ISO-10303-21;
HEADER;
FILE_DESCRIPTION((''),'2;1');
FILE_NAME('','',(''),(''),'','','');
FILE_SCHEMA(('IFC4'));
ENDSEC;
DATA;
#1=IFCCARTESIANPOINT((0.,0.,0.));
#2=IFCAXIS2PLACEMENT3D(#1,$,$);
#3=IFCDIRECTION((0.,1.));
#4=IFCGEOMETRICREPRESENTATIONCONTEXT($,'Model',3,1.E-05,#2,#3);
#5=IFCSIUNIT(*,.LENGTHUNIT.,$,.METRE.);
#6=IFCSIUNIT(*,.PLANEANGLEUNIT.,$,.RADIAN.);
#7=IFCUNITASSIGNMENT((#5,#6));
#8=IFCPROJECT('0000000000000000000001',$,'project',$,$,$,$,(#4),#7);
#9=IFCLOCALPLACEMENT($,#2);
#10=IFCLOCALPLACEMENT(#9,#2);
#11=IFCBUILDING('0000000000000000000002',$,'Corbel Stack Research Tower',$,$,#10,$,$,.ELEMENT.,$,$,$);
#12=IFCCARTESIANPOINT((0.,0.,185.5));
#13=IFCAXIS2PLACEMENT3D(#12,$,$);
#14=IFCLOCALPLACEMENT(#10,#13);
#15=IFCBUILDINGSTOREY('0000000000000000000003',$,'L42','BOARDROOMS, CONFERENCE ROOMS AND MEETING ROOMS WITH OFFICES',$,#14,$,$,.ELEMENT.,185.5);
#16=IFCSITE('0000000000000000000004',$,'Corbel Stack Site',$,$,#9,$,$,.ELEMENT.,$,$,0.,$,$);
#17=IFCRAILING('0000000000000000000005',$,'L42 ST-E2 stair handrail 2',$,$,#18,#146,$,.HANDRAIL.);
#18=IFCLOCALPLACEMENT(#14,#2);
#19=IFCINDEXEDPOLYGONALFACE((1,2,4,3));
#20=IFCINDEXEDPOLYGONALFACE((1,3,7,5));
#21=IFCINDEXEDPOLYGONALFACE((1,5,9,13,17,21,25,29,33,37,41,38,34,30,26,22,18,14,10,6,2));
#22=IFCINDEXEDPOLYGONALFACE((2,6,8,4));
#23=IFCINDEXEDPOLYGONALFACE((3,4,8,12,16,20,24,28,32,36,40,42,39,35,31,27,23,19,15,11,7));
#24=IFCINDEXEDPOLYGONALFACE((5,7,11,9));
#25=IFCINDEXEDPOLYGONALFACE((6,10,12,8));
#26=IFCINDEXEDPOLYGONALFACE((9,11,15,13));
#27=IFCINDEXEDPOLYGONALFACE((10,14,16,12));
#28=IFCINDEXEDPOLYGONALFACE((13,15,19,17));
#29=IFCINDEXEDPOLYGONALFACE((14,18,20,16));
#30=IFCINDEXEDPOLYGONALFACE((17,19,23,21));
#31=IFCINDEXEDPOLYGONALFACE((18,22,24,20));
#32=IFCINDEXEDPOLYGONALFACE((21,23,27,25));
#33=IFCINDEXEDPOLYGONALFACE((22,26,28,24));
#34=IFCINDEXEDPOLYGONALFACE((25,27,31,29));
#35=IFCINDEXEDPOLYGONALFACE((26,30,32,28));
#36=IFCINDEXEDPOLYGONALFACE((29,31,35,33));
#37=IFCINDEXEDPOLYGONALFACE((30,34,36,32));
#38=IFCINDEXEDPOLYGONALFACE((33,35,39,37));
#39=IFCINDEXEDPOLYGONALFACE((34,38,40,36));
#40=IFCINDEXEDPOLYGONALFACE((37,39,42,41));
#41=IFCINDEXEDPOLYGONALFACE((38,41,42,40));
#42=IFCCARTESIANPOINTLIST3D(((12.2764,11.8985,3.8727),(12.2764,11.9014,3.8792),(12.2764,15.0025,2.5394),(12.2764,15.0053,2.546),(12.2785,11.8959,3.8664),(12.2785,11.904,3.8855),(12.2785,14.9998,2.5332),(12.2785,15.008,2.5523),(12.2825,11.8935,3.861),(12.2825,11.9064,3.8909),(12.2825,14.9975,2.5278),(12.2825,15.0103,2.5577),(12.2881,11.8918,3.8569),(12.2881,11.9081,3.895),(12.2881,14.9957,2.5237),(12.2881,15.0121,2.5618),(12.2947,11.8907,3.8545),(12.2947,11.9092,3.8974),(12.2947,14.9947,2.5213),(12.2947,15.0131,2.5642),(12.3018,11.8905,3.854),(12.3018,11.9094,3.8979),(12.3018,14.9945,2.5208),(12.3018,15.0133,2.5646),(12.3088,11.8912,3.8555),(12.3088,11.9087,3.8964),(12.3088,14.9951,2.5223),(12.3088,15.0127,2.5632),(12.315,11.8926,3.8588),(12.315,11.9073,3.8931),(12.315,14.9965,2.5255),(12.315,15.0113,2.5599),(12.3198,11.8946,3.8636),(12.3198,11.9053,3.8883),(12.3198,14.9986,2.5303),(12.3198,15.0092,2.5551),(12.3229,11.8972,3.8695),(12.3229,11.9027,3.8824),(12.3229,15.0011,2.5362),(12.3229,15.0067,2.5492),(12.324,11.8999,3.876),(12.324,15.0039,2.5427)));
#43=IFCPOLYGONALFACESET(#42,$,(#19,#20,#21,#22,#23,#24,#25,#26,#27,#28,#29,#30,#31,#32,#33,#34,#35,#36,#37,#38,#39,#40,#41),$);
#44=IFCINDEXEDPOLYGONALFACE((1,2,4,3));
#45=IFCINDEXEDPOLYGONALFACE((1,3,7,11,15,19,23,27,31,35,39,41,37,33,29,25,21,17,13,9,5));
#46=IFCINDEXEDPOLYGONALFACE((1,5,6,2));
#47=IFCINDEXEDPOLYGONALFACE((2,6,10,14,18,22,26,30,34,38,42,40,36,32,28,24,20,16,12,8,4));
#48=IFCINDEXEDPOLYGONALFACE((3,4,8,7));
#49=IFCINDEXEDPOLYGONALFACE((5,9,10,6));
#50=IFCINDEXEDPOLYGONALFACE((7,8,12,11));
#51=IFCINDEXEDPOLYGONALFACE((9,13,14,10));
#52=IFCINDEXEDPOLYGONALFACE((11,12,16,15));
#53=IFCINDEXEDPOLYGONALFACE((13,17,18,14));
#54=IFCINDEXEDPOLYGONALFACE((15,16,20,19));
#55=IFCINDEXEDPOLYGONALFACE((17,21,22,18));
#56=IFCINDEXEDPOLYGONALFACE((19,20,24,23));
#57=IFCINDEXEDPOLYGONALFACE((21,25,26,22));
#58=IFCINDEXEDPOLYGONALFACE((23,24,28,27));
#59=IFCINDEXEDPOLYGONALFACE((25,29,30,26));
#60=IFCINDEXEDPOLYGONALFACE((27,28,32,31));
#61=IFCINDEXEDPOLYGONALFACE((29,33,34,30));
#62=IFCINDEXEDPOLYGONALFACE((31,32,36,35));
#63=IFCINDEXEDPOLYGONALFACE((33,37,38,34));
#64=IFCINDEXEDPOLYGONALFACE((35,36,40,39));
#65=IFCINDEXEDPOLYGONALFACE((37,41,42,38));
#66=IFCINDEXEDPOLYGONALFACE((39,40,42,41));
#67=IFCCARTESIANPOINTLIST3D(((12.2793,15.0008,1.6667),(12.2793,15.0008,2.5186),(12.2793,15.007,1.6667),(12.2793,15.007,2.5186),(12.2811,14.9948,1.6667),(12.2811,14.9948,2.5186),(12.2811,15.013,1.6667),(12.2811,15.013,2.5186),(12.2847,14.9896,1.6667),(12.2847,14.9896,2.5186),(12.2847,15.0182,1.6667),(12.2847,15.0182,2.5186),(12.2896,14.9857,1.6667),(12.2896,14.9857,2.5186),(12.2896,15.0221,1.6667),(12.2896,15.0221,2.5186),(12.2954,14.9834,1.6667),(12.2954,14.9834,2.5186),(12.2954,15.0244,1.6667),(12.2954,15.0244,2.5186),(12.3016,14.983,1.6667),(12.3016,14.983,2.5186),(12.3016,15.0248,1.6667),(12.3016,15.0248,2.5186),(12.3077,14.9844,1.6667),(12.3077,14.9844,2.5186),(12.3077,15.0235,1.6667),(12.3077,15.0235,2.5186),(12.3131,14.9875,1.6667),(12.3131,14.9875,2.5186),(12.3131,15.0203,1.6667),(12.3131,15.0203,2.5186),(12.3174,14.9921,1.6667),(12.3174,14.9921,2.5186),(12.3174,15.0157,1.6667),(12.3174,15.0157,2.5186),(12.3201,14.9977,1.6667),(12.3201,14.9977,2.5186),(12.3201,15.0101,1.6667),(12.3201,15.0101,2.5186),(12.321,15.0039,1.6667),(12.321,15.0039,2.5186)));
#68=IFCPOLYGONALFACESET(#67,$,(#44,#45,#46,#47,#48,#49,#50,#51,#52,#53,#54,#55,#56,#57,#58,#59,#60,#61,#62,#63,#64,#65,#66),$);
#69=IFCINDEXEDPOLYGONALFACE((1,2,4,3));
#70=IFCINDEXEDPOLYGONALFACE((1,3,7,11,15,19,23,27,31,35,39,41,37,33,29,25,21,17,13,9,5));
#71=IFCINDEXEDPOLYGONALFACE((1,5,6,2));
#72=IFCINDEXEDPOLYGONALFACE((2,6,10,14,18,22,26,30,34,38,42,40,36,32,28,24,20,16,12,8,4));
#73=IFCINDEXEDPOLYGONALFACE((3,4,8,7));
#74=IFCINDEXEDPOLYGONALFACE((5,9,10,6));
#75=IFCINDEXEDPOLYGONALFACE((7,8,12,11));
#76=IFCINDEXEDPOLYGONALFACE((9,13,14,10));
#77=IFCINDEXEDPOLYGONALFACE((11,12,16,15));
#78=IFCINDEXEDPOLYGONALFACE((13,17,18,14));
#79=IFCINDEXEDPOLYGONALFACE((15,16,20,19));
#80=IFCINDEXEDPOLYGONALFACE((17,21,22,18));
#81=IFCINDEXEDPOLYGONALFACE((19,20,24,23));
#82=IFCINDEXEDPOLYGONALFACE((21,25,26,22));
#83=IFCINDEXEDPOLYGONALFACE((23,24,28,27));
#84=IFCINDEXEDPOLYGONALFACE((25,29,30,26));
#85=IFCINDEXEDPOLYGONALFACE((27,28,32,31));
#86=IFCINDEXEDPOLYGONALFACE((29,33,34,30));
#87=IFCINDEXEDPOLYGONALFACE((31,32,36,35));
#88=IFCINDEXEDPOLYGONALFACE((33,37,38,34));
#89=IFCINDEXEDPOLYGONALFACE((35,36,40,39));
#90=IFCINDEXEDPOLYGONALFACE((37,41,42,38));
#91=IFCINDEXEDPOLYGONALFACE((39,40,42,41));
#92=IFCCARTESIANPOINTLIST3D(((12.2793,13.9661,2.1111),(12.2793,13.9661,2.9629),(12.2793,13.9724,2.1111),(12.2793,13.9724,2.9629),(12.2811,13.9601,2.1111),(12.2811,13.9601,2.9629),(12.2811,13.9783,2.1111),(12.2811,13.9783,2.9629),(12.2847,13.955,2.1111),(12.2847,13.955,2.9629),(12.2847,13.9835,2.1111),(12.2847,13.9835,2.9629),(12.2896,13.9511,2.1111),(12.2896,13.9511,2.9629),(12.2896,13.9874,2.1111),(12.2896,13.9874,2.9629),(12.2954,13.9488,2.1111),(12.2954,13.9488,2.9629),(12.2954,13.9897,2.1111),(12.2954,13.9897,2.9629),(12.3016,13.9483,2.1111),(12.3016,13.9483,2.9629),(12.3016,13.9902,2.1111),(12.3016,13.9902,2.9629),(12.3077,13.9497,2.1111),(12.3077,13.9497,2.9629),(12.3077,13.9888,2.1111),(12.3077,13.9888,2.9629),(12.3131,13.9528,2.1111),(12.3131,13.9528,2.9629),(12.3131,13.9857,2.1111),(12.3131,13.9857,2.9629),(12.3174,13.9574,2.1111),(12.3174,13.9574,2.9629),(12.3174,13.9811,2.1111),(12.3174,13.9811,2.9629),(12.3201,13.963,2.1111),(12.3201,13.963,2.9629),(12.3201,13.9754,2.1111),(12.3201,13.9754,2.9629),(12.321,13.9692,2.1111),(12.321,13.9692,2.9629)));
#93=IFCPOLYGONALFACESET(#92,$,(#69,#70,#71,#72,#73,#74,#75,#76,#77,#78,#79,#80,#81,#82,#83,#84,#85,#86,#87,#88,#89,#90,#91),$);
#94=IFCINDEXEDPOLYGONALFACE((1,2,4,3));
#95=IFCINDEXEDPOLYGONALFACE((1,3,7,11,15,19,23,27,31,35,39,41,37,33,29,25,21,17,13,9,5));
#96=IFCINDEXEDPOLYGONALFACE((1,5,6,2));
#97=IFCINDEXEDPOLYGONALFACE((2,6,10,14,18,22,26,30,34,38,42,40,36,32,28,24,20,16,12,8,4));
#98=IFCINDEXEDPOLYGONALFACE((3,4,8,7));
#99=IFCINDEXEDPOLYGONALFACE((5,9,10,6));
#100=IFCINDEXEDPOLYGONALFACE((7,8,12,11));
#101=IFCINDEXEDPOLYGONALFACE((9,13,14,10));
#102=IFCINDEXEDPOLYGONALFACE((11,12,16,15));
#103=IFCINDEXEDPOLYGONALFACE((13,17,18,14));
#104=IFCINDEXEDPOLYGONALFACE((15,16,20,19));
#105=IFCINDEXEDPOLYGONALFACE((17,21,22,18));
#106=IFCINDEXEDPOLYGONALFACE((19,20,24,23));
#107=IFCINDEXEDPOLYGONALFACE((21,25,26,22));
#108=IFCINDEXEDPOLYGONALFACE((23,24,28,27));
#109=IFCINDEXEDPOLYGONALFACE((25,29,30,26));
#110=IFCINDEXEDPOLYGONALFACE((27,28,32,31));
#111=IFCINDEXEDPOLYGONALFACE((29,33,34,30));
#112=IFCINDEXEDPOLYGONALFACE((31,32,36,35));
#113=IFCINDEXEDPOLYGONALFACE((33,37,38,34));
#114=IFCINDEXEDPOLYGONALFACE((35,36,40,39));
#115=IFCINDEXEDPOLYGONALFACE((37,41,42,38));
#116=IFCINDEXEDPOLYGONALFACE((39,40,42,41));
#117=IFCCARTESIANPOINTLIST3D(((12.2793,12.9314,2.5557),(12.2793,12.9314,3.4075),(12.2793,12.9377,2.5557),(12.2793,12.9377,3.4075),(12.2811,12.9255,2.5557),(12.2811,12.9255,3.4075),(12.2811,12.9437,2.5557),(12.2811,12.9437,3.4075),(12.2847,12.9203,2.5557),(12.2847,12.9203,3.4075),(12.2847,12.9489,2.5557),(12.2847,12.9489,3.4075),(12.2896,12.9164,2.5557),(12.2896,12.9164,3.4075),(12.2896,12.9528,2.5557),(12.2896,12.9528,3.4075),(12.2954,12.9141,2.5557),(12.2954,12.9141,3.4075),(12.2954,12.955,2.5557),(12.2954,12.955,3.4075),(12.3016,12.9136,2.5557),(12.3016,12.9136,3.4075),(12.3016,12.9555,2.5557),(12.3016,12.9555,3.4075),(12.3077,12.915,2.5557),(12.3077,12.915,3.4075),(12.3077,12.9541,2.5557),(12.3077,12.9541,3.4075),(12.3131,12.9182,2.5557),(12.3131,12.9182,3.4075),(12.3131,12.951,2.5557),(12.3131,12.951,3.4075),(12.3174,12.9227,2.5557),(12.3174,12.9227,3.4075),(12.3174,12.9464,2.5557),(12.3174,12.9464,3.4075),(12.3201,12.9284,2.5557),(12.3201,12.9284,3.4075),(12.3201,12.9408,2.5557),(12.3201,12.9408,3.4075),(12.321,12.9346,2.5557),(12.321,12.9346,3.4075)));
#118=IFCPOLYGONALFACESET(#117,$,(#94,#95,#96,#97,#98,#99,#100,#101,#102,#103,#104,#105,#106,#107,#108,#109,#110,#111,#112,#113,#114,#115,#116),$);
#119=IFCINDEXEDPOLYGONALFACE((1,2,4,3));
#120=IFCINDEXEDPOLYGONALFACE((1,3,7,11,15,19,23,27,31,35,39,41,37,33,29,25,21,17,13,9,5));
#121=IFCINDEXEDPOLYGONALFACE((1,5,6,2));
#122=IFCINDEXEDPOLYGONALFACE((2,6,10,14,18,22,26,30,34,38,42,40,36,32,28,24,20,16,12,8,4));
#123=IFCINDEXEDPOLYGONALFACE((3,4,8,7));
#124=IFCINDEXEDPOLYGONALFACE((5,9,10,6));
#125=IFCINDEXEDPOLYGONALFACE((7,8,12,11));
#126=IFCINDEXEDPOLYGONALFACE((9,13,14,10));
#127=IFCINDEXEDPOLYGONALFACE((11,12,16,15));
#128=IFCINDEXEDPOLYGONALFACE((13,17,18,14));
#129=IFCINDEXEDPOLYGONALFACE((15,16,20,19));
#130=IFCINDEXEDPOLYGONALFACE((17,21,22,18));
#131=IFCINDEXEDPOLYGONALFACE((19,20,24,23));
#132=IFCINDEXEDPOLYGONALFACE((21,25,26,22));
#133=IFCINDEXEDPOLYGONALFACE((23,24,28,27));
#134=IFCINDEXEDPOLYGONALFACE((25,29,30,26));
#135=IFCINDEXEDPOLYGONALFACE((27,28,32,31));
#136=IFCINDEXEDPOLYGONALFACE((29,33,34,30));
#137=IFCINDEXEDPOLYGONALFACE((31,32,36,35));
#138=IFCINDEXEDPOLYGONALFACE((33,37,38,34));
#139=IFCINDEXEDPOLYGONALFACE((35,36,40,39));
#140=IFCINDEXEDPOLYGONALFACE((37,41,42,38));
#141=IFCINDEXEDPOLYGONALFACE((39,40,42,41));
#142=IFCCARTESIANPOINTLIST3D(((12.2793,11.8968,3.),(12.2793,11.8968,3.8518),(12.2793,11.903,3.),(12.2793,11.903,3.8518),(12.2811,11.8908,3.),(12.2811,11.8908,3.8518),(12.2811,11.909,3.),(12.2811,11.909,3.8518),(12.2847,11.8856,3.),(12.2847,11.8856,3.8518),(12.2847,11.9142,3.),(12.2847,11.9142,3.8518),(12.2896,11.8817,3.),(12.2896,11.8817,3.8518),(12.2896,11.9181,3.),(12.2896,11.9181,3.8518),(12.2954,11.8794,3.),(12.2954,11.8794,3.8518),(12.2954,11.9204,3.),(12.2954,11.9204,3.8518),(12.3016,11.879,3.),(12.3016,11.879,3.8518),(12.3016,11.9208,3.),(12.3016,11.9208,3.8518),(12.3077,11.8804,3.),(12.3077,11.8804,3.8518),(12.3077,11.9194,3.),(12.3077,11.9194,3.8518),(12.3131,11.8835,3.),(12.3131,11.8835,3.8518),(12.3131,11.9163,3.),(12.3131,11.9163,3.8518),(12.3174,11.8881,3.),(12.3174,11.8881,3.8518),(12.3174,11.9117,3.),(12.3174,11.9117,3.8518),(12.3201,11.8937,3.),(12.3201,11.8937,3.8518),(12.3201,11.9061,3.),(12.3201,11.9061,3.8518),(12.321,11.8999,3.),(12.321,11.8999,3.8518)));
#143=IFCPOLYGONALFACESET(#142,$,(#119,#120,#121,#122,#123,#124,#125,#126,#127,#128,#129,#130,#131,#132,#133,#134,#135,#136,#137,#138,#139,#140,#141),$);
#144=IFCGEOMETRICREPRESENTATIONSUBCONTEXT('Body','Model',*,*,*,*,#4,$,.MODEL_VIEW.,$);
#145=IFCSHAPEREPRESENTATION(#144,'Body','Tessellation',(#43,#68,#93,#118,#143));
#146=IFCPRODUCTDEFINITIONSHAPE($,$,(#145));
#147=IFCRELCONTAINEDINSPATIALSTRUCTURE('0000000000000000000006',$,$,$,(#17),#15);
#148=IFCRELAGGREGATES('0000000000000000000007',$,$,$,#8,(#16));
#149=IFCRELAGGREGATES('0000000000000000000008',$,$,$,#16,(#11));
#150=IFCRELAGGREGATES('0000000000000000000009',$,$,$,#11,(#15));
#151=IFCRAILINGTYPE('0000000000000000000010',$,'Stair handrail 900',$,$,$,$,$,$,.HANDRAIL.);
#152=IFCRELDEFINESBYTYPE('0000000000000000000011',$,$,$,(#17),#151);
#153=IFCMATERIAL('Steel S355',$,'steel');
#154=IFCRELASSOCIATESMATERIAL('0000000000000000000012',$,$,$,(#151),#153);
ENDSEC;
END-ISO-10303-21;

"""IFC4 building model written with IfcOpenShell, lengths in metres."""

from ifc_helpers import new_model, si_unit, direction, frame, origin, origin_2d, place, context, subcontext, project, spatial, circle, extrude, material, type_object, element, save


model = new_model("IFC4")

# Units and contexts
model_context = context("Model", 3, precision=1e-05, world=origin(), true_north=direction((0.0, 1.0)))
body_context = subcontext(model_context, "Body", "Model", "MODEL_VIEW")
ifc_project = project(units=[si_unit("LENGTHUNIT", "METRE"), si_unit("PLANEANGLEUNIT", "RADIAN")], contexts=[model_context])

# Site, building, storey
site_placement = place(None, origin())
site = spatial("IfcSite", under=ifc_project, at=site_placement, Name="Corbel Stack Site", CompositionType="ELEMENT", RefElevation=0.0)
building_placement = place(site_placement, origin())
building = spatial("IfcBuilding", under=site, at=building_placement, Name="Corbel Stack Research Tower", CompositionType="ELEMENT")
storey_placement = place(building_placement, frame((0.0, 0.0, 185.5)))
storey = spatial("IfcBuildingStorey", under=building, at=storey_placement, Name="L42", Description="BOARDROOMS, CONFERENCE ROOMS AND MEETING ROOMS WITH OFFICES", CompositionType="ELEMENT", Elevation=185.5)

# Railing
ifc_material_1 = material(Name="Steel S355", Category="steel")
railing_type_1 = type_object("IfcRailingType", Name="Stair handrail 900", PredefinedType="HANDRAIL", material=ifc_material_1)
for number, where, name in (
    (1, (12.3, 15.0039, 1.6667), "L42 ST-E2 stair handrail 2"),
):
    element("IfcRailing", number, at=place(storey_placement, frame(where)), inside=storey, type_object=railing_type_1, Name=name, PredefinedType="HANDRAIL", context=body_context, shape_type="SweptSolid", body=[
        extrude(circle(Radius=0.0239, at=origin_2d()), frame((0.0, 0.0, 0.876), z_axis=(0.0, -0.918827, 0.394661), x_axis=(1.0, 0.0, 0.0)), (0.0, 0.0, 1.0), 3.3782),
        extrude(circle(Radius=0.021, at=origin_2d()), origin(), (0.0, 0.0, 1.0), 0.8518),
        extrude(circle(Radius=0.021, at=origin_2d()), frame((0.0, -1.0347, 0.4443)), (0.0, 0.0, 1.0), 0.8518),
        extrude(circle(Radius=0.021, at=origin_2d()), frame((0.0, -2.0693, 0.8889)), (0.0, 0.0, 1.0), 0.8518),
        extrude(circle(Radius=0.021, at=origin_2d()), frame((0.0, -3.104, 1.3333)), (0.0, 0.0, 1.0), 0.8518),
    ])

save(model, "model.ifc")
